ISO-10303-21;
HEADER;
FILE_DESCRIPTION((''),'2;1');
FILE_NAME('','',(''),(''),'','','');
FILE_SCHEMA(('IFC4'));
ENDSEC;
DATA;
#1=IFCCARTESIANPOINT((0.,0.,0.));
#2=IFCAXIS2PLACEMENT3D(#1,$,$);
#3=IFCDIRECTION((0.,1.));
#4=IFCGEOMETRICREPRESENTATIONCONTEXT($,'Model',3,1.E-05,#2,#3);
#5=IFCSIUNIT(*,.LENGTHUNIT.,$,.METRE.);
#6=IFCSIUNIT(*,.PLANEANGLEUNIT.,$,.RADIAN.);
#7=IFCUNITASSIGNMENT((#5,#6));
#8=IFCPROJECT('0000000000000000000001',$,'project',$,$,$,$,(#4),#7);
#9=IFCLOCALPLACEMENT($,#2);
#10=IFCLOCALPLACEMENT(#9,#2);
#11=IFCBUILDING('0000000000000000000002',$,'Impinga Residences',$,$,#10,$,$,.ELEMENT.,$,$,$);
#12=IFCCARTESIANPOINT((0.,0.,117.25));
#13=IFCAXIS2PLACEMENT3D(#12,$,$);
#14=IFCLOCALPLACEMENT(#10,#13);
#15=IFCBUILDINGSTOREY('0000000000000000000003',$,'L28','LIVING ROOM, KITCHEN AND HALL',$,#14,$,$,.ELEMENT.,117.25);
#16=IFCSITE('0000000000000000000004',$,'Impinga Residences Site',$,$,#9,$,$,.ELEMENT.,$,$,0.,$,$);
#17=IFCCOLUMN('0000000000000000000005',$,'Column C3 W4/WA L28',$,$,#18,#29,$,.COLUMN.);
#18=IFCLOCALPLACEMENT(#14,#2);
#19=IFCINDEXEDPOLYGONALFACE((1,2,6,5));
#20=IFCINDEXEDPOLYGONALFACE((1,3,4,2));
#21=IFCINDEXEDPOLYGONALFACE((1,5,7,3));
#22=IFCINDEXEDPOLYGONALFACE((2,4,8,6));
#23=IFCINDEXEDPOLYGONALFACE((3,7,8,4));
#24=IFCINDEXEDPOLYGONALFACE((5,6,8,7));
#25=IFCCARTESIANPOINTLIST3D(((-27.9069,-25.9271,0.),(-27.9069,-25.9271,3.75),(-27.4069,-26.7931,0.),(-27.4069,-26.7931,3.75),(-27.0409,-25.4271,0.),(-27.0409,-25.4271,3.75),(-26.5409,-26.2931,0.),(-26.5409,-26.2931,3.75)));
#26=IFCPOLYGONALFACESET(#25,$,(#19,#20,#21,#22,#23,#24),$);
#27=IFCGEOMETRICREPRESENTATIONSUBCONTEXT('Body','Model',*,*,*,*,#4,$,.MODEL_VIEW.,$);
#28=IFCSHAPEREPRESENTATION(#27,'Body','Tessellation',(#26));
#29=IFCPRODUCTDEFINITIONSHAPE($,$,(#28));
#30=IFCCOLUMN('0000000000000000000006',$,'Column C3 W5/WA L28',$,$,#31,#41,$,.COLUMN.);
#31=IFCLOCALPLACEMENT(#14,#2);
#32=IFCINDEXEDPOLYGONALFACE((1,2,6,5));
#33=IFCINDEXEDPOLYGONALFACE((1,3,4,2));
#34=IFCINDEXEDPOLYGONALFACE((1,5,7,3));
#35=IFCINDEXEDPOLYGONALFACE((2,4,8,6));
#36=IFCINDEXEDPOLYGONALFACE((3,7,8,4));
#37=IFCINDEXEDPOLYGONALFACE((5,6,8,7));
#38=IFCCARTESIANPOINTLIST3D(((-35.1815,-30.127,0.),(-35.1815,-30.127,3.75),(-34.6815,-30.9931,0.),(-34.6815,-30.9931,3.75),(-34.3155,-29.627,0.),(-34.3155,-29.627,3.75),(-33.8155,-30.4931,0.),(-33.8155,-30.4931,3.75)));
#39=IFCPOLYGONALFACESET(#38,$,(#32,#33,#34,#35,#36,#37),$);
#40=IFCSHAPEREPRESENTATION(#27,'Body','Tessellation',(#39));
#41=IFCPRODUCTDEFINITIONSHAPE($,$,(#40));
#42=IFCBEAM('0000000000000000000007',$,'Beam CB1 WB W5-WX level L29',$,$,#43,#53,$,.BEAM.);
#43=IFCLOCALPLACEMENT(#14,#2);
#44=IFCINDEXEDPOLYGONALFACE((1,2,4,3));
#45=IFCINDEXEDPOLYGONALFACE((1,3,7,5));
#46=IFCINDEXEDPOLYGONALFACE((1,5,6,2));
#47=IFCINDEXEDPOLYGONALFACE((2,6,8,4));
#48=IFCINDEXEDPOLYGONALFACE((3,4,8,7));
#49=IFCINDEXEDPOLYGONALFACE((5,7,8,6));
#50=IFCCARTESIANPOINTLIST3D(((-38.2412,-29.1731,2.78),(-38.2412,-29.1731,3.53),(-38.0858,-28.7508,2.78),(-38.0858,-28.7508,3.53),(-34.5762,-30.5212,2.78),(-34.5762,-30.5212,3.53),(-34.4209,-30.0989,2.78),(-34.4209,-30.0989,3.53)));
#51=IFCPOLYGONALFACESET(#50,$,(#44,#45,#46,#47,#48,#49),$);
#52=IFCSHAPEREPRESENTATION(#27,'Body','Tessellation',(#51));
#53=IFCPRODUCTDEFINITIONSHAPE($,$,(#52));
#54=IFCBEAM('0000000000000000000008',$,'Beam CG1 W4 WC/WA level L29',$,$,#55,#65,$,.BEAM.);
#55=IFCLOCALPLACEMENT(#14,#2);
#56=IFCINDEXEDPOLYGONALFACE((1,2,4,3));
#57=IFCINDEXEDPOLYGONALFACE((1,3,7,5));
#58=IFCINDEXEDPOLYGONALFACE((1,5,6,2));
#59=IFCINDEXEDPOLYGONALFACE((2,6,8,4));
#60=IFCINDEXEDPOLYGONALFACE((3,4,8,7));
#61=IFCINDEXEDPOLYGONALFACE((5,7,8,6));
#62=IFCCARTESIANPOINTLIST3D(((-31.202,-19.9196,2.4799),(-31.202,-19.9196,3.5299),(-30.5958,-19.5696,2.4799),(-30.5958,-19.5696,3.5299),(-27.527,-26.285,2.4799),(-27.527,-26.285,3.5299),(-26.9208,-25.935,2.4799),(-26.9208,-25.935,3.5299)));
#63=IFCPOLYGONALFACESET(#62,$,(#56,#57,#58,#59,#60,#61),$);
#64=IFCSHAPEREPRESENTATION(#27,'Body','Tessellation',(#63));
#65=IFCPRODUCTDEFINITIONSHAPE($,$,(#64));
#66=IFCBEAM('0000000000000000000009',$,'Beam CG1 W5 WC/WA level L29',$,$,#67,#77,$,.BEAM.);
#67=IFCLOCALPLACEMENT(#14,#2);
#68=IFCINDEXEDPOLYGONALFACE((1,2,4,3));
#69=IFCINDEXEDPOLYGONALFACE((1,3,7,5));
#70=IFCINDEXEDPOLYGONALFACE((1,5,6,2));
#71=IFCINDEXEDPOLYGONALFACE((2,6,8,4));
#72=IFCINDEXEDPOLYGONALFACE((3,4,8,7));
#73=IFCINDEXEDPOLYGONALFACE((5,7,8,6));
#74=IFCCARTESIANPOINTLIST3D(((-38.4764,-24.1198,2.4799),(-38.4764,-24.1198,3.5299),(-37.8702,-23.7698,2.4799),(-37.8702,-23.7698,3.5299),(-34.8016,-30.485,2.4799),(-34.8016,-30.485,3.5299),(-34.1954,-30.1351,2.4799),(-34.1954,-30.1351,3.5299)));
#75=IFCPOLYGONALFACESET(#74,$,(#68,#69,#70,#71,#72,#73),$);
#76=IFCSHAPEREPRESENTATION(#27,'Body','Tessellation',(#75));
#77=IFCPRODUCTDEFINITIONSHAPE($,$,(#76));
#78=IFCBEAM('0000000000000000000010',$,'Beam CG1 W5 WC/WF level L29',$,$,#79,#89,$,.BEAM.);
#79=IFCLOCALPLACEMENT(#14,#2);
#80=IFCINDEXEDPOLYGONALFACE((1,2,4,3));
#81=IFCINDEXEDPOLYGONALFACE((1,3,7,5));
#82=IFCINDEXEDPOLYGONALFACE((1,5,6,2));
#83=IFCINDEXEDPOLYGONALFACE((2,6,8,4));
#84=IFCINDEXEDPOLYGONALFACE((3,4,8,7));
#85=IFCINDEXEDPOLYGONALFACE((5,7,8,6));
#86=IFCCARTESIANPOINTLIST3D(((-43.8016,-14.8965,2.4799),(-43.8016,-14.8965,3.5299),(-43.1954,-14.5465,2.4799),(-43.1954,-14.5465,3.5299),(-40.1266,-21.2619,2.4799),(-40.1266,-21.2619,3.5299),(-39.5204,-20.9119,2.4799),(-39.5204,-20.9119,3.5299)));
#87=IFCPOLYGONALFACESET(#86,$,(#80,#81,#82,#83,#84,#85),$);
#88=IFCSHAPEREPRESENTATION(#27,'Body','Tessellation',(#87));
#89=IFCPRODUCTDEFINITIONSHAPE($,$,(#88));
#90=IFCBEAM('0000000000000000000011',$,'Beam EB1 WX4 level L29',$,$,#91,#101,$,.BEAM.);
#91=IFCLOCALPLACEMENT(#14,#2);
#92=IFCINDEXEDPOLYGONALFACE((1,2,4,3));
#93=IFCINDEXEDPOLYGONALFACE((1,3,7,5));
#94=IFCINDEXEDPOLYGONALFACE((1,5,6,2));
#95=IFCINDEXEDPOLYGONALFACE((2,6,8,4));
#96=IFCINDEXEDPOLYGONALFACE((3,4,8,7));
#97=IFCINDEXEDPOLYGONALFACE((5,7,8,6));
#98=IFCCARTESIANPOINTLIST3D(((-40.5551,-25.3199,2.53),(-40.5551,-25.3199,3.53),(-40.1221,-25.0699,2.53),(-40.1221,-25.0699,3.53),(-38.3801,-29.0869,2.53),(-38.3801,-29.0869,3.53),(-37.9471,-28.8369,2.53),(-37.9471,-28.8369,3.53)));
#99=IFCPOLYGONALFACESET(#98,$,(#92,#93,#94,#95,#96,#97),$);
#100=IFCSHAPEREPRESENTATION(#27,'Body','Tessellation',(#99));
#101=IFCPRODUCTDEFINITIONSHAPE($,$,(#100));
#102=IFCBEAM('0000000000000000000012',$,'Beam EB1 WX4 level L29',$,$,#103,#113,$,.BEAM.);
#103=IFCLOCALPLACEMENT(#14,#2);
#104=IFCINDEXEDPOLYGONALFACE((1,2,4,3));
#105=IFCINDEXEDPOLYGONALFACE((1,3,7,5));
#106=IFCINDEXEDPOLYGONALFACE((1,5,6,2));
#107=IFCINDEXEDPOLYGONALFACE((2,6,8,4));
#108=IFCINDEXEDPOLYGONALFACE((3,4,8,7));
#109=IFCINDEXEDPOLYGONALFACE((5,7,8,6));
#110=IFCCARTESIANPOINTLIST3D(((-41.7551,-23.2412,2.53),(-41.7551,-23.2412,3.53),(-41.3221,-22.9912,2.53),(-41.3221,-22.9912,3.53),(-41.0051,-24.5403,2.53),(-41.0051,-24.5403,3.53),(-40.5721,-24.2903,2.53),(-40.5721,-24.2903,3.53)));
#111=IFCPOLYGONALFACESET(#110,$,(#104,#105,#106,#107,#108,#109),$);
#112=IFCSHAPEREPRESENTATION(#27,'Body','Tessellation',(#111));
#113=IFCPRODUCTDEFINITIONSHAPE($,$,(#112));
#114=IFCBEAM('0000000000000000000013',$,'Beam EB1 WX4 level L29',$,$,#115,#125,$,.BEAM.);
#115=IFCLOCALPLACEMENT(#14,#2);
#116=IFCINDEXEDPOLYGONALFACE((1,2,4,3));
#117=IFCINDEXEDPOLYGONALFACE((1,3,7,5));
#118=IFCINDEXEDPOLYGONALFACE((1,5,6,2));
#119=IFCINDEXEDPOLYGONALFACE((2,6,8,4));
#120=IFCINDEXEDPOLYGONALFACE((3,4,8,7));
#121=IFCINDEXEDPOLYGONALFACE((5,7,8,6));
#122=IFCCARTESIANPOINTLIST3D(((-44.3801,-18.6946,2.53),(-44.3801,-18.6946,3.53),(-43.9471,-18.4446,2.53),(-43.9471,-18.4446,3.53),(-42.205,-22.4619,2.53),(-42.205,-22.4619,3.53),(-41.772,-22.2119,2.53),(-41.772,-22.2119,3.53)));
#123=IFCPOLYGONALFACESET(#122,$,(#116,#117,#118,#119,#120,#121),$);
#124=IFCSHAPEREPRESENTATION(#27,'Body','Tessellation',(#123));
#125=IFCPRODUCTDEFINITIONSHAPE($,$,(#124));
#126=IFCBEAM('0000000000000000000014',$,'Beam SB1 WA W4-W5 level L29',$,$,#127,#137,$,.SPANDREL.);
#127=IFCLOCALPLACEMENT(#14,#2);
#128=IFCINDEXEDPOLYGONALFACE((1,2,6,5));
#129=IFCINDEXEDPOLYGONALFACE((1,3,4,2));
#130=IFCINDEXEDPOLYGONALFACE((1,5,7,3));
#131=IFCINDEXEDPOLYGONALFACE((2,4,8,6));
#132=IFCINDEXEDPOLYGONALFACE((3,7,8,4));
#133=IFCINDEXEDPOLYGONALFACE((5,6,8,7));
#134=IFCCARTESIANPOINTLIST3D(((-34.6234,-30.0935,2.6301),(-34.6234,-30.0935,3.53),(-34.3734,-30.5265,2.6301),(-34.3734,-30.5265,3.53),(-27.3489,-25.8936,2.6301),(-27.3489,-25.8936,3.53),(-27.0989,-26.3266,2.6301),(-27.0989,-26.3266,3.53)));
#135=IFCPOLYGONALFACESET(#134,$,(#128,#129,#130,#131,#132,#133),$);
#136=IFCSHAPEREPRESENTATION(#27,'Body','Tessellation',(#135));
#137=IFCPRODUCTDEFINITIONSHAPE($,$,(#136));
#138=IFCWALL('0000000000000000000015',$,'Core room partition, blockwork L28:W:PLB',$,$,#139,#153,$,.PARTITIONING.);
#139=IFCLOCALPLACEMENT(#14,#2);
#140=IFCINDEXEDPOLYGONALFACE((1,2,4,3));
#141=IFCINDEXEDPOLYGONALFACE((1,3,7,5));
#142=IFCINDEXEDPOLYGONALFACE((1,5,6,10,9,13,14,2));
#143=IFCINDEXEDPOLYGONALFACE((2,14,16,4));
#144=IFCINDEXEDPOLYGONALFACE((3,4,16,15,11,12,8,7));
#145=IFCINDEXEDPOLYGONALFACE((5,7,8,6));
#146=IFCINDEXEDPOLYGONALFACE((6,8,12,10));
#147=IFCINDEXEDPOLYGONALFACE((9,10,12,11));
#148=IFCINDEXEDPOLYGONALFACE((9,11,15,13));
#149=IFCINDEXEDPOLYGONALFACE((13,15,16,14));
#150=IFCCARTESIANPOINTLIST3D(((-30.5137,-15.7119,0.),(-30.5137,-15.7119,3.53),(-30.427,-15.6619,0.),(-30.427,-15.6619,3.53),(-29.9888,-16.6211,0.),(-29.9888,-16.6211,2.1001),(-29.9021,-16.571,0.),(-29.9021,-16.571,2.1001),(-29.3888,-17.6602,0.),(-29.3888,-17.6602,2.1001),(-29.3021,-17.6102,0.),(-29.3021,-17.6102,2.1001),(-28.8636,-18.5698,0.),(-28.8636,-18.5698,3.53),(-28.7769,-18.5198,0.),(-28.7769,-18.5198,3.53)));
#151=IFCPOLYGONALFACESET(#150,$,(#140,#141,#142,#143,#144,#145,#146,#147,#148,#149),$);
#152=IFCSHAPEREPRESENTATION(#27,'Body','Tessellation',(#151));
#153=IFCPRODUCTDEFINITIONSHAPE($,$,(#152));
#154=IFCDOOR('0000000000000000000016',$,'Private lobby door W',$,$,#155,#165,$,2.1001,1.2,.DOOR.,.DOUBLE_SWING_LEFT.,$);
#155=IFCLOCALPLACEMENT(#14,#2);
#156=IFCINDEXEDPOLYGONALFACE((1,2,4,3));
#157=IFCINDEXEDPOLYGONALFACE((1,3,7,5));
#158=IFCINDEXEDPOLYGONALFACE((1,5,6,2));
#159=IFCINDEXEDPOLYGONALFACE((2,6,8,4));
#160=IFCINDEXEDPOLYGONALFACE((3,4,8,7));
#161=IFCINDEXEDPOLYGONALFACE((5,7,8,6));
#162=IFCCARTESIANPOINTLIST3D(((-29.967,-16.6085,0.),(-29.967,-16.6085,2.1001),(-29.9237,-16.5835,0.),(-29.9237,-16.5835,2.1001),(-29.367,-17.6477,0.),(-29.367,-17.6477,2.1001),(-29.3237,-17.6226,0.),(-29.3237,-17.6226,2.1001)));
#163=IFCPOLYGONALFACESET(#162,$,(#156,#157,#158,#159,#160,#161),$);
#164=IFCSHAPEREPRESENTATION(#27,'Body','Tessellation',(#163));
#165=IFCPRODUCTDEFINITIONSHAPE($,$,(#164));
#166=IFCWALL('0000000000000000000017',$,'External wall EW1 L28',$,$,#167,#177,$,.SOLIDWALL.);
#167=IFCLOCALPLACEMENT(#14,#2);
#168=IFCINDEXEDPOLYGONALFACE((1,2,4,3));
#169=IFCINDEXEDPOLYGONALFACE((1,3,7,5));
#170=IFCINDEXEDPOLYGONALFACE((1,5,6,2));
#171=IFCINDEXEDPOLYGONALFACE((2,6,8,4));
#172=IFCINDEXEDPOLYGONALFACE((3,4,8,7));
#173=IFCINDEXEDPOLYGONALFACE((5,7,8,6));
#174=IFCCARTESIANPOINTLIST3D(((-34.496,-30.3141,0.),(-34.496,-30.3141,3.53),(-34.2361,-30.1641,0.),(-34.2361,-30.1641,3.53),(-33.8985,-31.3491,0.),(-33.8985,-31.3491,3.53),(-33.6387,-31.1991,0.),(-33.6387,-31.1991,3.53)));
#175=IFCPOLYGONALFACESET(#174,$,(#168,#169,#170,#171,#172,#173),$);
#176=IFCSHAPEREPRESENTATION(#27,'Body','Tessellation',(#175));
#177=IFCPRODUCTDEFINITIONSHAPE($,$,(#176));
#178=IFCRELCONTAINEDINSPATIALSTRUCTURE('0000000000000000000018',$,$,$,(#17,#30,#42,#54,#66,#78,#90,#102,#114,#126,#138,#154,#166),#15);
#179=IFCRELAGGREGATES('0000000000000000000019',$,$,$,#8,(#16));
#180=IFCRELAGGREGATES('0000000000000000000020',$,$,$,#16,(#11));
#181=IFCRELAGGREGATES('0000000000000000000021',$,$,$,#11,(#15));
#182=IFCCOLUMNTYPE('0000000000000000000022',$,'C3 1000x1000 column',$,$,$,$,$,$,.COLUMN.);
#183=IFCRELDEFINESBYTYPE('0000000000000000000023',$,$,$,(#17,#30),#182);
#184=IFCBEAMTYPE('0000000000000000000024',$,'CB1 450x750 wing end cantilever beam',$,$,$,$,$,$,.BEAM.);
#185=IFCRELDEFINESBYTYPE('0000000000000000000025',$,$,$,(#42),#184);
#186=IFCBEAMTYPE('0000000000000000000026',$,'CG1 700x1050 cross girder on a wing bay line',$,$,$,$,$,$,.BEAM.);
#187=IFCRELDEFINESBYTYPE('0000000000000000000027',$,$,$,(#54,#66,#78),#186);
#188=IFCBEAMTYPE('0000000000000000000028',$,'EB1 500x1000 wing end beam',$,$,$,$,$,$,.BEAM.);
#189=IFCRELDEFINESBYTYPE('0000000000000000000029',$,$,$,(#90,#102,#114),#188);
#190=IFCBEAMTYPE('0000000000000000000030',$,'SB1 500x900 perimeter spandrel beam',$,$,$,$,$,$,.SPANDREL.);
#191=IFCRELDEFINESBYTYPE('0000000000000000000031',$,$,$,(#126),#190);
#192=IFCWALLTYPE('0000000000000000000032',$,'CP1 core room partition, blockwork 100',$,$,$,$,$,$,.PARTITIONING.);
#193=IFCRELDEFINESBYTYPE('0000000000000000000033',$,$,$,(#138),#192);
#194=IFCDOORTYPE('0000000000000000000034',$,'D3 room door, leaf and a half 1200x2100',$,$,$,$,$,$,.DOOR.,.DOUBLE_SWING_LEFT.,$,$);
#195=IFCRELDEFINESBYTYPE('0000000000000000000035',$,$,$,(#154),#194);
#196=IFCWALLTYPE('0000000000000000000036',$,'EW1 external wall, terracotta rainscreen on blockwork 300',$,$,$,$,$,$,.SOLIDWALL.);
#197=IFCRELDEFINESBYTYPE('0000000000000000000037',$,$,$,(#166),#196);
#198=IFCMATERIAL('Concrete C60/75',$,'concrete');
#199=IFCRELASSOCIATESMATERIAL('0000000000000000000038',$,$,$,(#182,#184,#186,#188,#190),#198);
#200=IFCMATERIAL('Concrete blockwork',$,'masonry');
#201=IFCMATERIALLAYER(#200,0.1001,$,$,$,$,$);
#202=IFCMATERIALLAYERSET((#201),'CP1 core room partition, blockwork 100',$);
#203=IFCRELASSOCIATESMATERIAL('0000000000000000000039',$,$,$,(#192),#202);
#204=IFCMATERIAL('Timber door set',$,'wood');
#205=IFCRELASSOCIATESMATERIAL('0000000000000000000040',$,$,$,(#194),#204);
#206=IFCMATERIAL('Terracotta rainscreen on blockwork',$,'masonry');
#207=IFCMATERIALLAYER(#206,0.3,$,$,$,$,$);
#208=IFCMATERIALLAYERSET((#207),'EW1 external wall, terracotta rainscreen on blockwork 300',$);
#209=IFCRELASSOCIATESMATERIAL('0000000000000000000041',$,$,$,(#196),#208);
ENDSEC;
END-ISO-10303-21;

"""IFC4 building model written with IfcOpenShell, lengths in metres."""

from ifc_helpers import new_model, si_unit, direction, frame, frame_2d, origin, origin_2d, place, context, subcontext, project, spatial, rectangle, extrude, material, layer, layer_set, material_profile, profile_set, type_object, element, fill, save


model = new_model("IFC4")

# Units and contexts
model_context = context("Model", 3, precision=1e-05, world=origin(), true_north=direction((0.0, 1.0)))
body_context = subcontext(model_context, "Body", "Model", "MODEL_VIEW")
ifc_project = project(units=[si_unit("LENGTHUNIT", "METRE"), si_unit("PLANEANGLEUNIT", "RADIAN")], contexts=[model_context])

# Site, building, storey
site_placement = place(None, origin())
site = spatial("IfcSite", under=ifc_project, at=site_placement, Name="Impinga Residences Site", CompositionType="ELEMENT", RefElevation=0.0)
building_placement = place(site_placement, origin())
building = spatial("IfcBuilding", under=site, at=building_placement, Name="Impinga Residences", CompositionType="ELEMENT")
storey_placement = place(building_placement, frame((0.0, 0.0, 117.25)))
storey = spatial("IfcBuildingStorey", under=building, at=storey_placement, Name="L28", Description="LIVING ROOM, KITCHEN AND HALL", CompositionType="ELEMENT", Elevation=117.25)

# Columns
ifc_material_1 = material(Name="Concrete C60/75", Category="concrete")
ifc_material_profile_1 = material_profile(ifc_material_1, rectangle(XDim=1.0, YDim=1.0, at=origin_2d()), Name="RC 1000x1000")
ifc_profile_set_1 = profile_set([ifc_material_profile_1], Name="Concrete C60/75")
column_type = type_object("IfcColumnType", Name="C3 1000x1000 column", PredefinedType="COLUMN", material=ifc_profile_set_1)
for number, where, z_axis, x_axis, name in (
    (1, (-27.2239, -26.1101, 0.0), (0.0, 0.0, 1.0), (-0.5, 0.866025, 0.0), "Column C3 W4/WA L28"),
    (2, (-34.4985, -30.3101, 0.0), (0.0, 0.0, 1.0), (-0.5, 0.866025, 0.0), "Column C3 W5/WA L28"),
):
    element("IfcColumn", number, at=place(storey_placement, frame(where, z_axis=z_axis, x_axis=x_axis)), inside=storey, type_object=column_type, Name=name, PredefinedType="COLUMN", context=body_context, shape_type="SweptSolid", body=[
        extrude(rectangle(XDim=1.0, YDim=1.0, at=origin_2d()), origin(), (0.0, 0.0, 1.0), 3.75),
    ])

# Beams
ifc_material_profile_2 = material_profile(ifc_material_1, rectangle(XDim=0.45, YDim=0.75, at=origin_2d()), Name="RC 450x750")
ifc_profile_set_2 = profile_set([ifc_material_profile_2], Name="Concrete C60/75")
beam_type_1 = type_object("IfcBeamType", Name="CB1 450x750 wing end cantilever beam", PredefinedType="BEAM", material=ifc_profile_set_2)
beam_1_placement = place(storey_placement, frame((-34.4985, -30.3101, 3.155), z_axis=(-0.93852, 0.345224, 0.0), x_axis=(-0.345224, -0.93852, 0.0)))
element("IfcBeam", 3, at=beam_1_placement, inside=storey, type_object=beam_type_1, Name="Beam CB1 WB W5-WX level L29", PredefinedType="BEAM", context=body_context, shape_type="SweptSolid", body=[
    extrude(rectangle(XDim=0.45, YDim=0.75, at=origin_2d()), origin(), (0.0, 0.0, 1.0), 3.905),
])
ifc_material_profile_3 = material_profile(ifc_material_1, rectangle(XDim=0.7, YDim=1.05, at=origin_2d()), Name="RC 700x1050")
ifc_profile_set_3 = profile_set([ifc_material_profile_3], Name="Concrete C60/75")
beam_type_2 = type_object("IfcBeamType", Name="CG1 700x1050 cross girder on a wing bay line", PredefinedType="BEAM", material=ifc_profile_set_3)
beam_2_placement = place(storey_placement, frame((-30.8989, -19.7446, 3.0049), z_axis=(0.499994, -0.866029, 0.0), x_axis=(0.866029, 0.499994, 0.0)))
element("IfcBeam", 4, at=beam_2_placement, inside=storey, type_object=beam_type_2, Name="Beam CG1 W4 WC/WA level L29", PredefinedType="BEAM", context=body_context, shape_type="SweptSolid", body=[
    extrude(rectangle(XDim=0.7, YDim=1.05, at=origin_2d()), origin(), (0.0, 0.0, 1.0), 7.3501),
])
beam_3_placement = place(storey_placement, frame((-38.1733, -23.9448, 3.0049), z_axis=(0.499983, -0.866035, 0.0), x_axis=(0.866035, 0.499983, 0.0)))
element("IfcBeam", 5, at=beam_3_placement, inside=storey, type_object=beam_type_2, Name="Beam CG1 W5 WC/WA level L29", PredefinedType="BEAM", context=body_context, shape_type="SweptSolid", body=[
    extrude(rectangle(XDim=0.7, YDim=1.05, at=origin_2d()), origin(), (0.0, 0.0, 1.0), 7.3499),
])
beam_4_placement = place(storey_placement, frame((-39.8235, -21.0869, 3.0049), z_axis=(-0.499994, 0.866029, 0.0), x_axis=(-0.866029, -0.499994, 0.0)))
element("IfcBeam", 6, at=beam_4_placement, inside=storey, type_object=beam_type_2, Name="Beam CG1 W5 WC/WF level L29", PredefinedType="BEAM", context=body_context, shape_type="SweptSolid", body=[
    extrude(rectangle(XDim=0.7, YDim=1.05, at=origin_2d()), origin(), (0.0, 0.0, 1.0), 7.3501),
])
ifc_material_profile_4 = material_profile(ifc_material_1, rectangle(XDim=0.5, YDim=1.0, at=origin_2d()), Name="RC 500x1000")
ifc_profile_set_4 = profile_set([ifc_material_profile_4], Name="Concrete C60/75")
beam_type_3 = type_object("IfcBeamType", Name="EB1 500x1000 wing end beam", PredefinedType="BEAM", material=ifc_profile_set_4)
beam_5_placement = place(storey_placement, frame((-38.1636, -28.9619, 3.03), z_axis=(-0.50002, 0.866014, 0.0), x_axis=(-0.866014, -0.50002, 0.0)))
element("IfcBeam", 7, at=beam_5_placement, inside=storey, type_object=beam_type_3, Name="Beam EB1 WX4 level L29", PredefinedType="BEAM", context=body_context, shape_type="SweptSolid", body=[
    extrude(rectangle(XDim=0.5, YDim=1.0, at=origin_2d()), origin(), (0.0, 0.0, 1.0), 4.3499),
])
beam_6_placement = place(storey_placement, frame((-40.7886, -24.4153, 3.03), z_axis=(-0.49999, 0.866031, 0.0), x_axis=(-0.866031, -0.49999, 0.0)))
element("IfcBeam", 8, at=beam_6_placement, inside=storey, type_object=beam_type_3, Name="Beam EB1 WX4 level L29", PredefinedType="BEAM", context=body_context, shape_type="SweptSolid", body=[
    extrude(rectangle(XDim=0.5, YDim=1.0, at=origin_2d()), origin(), (0.0, 0.0, 1.0), 1.5),
])
beam_7_placement = place(storey_placement, frame((-41.9885, -22.3369, 3.03), z_axis=(-0.499996, 0.866028, 0.0), x_axis=(-0.866028, -0.499996, 0.0)))
element("IfcBeam", 9, at=beam_7_placement, inside=storey, type_object=beam_type_3, Name="Beam EB1 WX4 level L29", PredefinedType="BEAM", context=body_context, shape_type="SweptSolid", body=[
    extrude(rectangle(XDim=0.5, YDim=1.0, at=origin_2d()), origin(), (0.0, 0.0, 1.0), 4.3501),
])
ifc_material_profile_5 = material_profile(ifc_material_1, rectangle(XDim=0.5, YDim=0.8999, at=origin_2d()), Name="RC 500x900")
ifc_profile_set_5 = profile_set([ifc_material_profile_5], Name="Concrete C60/75")
beam_type_4 = type_object("IfcBeamType", Name="SB1 500x900 perimeter spandrel beam", PredefinedType="SPANDREL", material=ifc_profile_set_5)
beam_8_placement = place(storey_placement, frame((-27.2239, -26.1101, 3.0801), z_axis=(-0.866029, -0.499993, 0.0), x_axis=(0.499993, -0.866029, 0.0)))
element("IfcBeam", 10, at=beam_8_placement, inside=storey, type_object=beam_type_4, Name="Beam SB1 WA W4-W5 level L29", PredefinedType="SPANDREL", context=body_context, shape_type="SweptSolid", body=[
    extrude(rectangle(XDim=0.5, YDim=0.8999, at=origin_2d()), origin(), (0.0, 0.0, 1.0), 8.3999),
])

# Wall, opening, door
ifc_material_2 = material(Name="Concrete blockwork", Category="masonry")
ifc_layer_1 = layer(ifc_material_2, 0.1001)
ifc_layer_set_1 = layer_set([ifc_layer_1], Name="CP1 core room partition, blockwork 100")
wall_type_1 = type_object("IfcWallType", Name="CP1 core room partition, blockwork 100", PredefinedType="PARTITIONING", material=ifc_layer_set_1)
wall_1_placement = place(storey_placement, frame((-28.8203, -18.5447, 0.0), z_axis=(0.0, 0.0, 1.0), x_axis=(-0.50003, 0.866008, 0.0)))
wall_1 = element("IfcWall", 11, at=wall_1_placement, inside=storey, type_object=wall_type_1, Name="Core room partition, blockwork L28:W:PLB", PredefinedType="PARTITIONING", context=body_context, shape_type="SweptSolid", body=[
    extrude(rectangle(XDim=3.3, YDim=0.1001, at=frame_2d((1.6499, 0.0))), origin(), (0.0, 0.0, 1.0), 3.53),
])
opening_1_placement = place(wall_1_placement, frame((1.05, 0.0, 0.0)))
opening_1 = element("IfcOpeningElement", 12, at=opening_1_placement, cuts=wall_1, PredefinedType="OPENING", context=body_context, shape_type="SweptSolid", body=[
    extrude(rectangle(XDim=1.2, YDim=2.1001, at=frame_2d((0.6001, 1.05))), frame((0.0, 0.0601, 0.0), z_axis=(0.0, -1.0, 0.0), x_axis=(1.0, 0.0, 0.0)), (0.0, 0.0, 1.0), 0.1201),
])
ifc_material_3 = material(Name="Timber door set", Category="wood")
door_type_1 = type_object("IfcDoorType", Name="D3 room door, leaf and a half 1200x2100", OperationType="DOUBLE_SWING_LEFT", PredefinedType="DOOR", material=ifc_material_3)
door_1_placement = place(opening_1_placement, origin())
door_1 = element("IfcDoor", 13, at=door_1_placement, inside=storey, type_object=door_type_1, Name="Private lobby door W", OperationType="DOUBLE_SWING_LEFT", OverallHeight=2.1001, OverallWidth=1.2, PredefinedType="DOOR", context=body_context, shape_type="SweptSolid", body=[
    extrude(rectangle(XDim=1.2, YDim=2.1001, at=frame_2d((0.6001, 1.05))), frame((0.0, 0.0249, 0.0), z_axis=(0.0, -1.0, 0.0), x_axis=(1.0, 0.0, 0.0)), (0.0, 0.0, 1.0), 0.05),
])
fill(opening_1, door_1)

# Wall
ifc_material_4 = material(Name="Terracotta rainscreen on blockwork", Category="masonry")
ifc_layer_2 = layer(ifc_material_4, 0.3)
ifc_layer_set_2 = layer_set([ifc_layer_2], Name="EW1 external wall, terracotta rainscreen on blockwork 300")
wall_type_2 = type_object("IfcWallType", Name="EW1 external wall, terracotta rainscreen on blockwork 300", PredefinedType="SOLIDWALL", material=ifc_layer_set_2)
wall_2_placement = place(storey_placement, frame((-33.7686, -31.2742, 0.0), z_axis=(0.0, 0.0, 1.0), x_axis=(-0.499941, 0.86606, 0.0)))
element("IfcWall", 14, at=wall_2_placement, inside=storey, type_object=wall_type_2, Name="External wall EW1 L28", PredefinedType="SOLIDWALL", context=body_context, shape_type="SweptSolid", body=[
    extrude(rectangle(XDim=1.1951, YDim=0.3, at=frame_2d((0.5977, 0.0))), origin(), (0.0, 0.0, 1.0), 3.53),
])

save(model, "model.ifc")
